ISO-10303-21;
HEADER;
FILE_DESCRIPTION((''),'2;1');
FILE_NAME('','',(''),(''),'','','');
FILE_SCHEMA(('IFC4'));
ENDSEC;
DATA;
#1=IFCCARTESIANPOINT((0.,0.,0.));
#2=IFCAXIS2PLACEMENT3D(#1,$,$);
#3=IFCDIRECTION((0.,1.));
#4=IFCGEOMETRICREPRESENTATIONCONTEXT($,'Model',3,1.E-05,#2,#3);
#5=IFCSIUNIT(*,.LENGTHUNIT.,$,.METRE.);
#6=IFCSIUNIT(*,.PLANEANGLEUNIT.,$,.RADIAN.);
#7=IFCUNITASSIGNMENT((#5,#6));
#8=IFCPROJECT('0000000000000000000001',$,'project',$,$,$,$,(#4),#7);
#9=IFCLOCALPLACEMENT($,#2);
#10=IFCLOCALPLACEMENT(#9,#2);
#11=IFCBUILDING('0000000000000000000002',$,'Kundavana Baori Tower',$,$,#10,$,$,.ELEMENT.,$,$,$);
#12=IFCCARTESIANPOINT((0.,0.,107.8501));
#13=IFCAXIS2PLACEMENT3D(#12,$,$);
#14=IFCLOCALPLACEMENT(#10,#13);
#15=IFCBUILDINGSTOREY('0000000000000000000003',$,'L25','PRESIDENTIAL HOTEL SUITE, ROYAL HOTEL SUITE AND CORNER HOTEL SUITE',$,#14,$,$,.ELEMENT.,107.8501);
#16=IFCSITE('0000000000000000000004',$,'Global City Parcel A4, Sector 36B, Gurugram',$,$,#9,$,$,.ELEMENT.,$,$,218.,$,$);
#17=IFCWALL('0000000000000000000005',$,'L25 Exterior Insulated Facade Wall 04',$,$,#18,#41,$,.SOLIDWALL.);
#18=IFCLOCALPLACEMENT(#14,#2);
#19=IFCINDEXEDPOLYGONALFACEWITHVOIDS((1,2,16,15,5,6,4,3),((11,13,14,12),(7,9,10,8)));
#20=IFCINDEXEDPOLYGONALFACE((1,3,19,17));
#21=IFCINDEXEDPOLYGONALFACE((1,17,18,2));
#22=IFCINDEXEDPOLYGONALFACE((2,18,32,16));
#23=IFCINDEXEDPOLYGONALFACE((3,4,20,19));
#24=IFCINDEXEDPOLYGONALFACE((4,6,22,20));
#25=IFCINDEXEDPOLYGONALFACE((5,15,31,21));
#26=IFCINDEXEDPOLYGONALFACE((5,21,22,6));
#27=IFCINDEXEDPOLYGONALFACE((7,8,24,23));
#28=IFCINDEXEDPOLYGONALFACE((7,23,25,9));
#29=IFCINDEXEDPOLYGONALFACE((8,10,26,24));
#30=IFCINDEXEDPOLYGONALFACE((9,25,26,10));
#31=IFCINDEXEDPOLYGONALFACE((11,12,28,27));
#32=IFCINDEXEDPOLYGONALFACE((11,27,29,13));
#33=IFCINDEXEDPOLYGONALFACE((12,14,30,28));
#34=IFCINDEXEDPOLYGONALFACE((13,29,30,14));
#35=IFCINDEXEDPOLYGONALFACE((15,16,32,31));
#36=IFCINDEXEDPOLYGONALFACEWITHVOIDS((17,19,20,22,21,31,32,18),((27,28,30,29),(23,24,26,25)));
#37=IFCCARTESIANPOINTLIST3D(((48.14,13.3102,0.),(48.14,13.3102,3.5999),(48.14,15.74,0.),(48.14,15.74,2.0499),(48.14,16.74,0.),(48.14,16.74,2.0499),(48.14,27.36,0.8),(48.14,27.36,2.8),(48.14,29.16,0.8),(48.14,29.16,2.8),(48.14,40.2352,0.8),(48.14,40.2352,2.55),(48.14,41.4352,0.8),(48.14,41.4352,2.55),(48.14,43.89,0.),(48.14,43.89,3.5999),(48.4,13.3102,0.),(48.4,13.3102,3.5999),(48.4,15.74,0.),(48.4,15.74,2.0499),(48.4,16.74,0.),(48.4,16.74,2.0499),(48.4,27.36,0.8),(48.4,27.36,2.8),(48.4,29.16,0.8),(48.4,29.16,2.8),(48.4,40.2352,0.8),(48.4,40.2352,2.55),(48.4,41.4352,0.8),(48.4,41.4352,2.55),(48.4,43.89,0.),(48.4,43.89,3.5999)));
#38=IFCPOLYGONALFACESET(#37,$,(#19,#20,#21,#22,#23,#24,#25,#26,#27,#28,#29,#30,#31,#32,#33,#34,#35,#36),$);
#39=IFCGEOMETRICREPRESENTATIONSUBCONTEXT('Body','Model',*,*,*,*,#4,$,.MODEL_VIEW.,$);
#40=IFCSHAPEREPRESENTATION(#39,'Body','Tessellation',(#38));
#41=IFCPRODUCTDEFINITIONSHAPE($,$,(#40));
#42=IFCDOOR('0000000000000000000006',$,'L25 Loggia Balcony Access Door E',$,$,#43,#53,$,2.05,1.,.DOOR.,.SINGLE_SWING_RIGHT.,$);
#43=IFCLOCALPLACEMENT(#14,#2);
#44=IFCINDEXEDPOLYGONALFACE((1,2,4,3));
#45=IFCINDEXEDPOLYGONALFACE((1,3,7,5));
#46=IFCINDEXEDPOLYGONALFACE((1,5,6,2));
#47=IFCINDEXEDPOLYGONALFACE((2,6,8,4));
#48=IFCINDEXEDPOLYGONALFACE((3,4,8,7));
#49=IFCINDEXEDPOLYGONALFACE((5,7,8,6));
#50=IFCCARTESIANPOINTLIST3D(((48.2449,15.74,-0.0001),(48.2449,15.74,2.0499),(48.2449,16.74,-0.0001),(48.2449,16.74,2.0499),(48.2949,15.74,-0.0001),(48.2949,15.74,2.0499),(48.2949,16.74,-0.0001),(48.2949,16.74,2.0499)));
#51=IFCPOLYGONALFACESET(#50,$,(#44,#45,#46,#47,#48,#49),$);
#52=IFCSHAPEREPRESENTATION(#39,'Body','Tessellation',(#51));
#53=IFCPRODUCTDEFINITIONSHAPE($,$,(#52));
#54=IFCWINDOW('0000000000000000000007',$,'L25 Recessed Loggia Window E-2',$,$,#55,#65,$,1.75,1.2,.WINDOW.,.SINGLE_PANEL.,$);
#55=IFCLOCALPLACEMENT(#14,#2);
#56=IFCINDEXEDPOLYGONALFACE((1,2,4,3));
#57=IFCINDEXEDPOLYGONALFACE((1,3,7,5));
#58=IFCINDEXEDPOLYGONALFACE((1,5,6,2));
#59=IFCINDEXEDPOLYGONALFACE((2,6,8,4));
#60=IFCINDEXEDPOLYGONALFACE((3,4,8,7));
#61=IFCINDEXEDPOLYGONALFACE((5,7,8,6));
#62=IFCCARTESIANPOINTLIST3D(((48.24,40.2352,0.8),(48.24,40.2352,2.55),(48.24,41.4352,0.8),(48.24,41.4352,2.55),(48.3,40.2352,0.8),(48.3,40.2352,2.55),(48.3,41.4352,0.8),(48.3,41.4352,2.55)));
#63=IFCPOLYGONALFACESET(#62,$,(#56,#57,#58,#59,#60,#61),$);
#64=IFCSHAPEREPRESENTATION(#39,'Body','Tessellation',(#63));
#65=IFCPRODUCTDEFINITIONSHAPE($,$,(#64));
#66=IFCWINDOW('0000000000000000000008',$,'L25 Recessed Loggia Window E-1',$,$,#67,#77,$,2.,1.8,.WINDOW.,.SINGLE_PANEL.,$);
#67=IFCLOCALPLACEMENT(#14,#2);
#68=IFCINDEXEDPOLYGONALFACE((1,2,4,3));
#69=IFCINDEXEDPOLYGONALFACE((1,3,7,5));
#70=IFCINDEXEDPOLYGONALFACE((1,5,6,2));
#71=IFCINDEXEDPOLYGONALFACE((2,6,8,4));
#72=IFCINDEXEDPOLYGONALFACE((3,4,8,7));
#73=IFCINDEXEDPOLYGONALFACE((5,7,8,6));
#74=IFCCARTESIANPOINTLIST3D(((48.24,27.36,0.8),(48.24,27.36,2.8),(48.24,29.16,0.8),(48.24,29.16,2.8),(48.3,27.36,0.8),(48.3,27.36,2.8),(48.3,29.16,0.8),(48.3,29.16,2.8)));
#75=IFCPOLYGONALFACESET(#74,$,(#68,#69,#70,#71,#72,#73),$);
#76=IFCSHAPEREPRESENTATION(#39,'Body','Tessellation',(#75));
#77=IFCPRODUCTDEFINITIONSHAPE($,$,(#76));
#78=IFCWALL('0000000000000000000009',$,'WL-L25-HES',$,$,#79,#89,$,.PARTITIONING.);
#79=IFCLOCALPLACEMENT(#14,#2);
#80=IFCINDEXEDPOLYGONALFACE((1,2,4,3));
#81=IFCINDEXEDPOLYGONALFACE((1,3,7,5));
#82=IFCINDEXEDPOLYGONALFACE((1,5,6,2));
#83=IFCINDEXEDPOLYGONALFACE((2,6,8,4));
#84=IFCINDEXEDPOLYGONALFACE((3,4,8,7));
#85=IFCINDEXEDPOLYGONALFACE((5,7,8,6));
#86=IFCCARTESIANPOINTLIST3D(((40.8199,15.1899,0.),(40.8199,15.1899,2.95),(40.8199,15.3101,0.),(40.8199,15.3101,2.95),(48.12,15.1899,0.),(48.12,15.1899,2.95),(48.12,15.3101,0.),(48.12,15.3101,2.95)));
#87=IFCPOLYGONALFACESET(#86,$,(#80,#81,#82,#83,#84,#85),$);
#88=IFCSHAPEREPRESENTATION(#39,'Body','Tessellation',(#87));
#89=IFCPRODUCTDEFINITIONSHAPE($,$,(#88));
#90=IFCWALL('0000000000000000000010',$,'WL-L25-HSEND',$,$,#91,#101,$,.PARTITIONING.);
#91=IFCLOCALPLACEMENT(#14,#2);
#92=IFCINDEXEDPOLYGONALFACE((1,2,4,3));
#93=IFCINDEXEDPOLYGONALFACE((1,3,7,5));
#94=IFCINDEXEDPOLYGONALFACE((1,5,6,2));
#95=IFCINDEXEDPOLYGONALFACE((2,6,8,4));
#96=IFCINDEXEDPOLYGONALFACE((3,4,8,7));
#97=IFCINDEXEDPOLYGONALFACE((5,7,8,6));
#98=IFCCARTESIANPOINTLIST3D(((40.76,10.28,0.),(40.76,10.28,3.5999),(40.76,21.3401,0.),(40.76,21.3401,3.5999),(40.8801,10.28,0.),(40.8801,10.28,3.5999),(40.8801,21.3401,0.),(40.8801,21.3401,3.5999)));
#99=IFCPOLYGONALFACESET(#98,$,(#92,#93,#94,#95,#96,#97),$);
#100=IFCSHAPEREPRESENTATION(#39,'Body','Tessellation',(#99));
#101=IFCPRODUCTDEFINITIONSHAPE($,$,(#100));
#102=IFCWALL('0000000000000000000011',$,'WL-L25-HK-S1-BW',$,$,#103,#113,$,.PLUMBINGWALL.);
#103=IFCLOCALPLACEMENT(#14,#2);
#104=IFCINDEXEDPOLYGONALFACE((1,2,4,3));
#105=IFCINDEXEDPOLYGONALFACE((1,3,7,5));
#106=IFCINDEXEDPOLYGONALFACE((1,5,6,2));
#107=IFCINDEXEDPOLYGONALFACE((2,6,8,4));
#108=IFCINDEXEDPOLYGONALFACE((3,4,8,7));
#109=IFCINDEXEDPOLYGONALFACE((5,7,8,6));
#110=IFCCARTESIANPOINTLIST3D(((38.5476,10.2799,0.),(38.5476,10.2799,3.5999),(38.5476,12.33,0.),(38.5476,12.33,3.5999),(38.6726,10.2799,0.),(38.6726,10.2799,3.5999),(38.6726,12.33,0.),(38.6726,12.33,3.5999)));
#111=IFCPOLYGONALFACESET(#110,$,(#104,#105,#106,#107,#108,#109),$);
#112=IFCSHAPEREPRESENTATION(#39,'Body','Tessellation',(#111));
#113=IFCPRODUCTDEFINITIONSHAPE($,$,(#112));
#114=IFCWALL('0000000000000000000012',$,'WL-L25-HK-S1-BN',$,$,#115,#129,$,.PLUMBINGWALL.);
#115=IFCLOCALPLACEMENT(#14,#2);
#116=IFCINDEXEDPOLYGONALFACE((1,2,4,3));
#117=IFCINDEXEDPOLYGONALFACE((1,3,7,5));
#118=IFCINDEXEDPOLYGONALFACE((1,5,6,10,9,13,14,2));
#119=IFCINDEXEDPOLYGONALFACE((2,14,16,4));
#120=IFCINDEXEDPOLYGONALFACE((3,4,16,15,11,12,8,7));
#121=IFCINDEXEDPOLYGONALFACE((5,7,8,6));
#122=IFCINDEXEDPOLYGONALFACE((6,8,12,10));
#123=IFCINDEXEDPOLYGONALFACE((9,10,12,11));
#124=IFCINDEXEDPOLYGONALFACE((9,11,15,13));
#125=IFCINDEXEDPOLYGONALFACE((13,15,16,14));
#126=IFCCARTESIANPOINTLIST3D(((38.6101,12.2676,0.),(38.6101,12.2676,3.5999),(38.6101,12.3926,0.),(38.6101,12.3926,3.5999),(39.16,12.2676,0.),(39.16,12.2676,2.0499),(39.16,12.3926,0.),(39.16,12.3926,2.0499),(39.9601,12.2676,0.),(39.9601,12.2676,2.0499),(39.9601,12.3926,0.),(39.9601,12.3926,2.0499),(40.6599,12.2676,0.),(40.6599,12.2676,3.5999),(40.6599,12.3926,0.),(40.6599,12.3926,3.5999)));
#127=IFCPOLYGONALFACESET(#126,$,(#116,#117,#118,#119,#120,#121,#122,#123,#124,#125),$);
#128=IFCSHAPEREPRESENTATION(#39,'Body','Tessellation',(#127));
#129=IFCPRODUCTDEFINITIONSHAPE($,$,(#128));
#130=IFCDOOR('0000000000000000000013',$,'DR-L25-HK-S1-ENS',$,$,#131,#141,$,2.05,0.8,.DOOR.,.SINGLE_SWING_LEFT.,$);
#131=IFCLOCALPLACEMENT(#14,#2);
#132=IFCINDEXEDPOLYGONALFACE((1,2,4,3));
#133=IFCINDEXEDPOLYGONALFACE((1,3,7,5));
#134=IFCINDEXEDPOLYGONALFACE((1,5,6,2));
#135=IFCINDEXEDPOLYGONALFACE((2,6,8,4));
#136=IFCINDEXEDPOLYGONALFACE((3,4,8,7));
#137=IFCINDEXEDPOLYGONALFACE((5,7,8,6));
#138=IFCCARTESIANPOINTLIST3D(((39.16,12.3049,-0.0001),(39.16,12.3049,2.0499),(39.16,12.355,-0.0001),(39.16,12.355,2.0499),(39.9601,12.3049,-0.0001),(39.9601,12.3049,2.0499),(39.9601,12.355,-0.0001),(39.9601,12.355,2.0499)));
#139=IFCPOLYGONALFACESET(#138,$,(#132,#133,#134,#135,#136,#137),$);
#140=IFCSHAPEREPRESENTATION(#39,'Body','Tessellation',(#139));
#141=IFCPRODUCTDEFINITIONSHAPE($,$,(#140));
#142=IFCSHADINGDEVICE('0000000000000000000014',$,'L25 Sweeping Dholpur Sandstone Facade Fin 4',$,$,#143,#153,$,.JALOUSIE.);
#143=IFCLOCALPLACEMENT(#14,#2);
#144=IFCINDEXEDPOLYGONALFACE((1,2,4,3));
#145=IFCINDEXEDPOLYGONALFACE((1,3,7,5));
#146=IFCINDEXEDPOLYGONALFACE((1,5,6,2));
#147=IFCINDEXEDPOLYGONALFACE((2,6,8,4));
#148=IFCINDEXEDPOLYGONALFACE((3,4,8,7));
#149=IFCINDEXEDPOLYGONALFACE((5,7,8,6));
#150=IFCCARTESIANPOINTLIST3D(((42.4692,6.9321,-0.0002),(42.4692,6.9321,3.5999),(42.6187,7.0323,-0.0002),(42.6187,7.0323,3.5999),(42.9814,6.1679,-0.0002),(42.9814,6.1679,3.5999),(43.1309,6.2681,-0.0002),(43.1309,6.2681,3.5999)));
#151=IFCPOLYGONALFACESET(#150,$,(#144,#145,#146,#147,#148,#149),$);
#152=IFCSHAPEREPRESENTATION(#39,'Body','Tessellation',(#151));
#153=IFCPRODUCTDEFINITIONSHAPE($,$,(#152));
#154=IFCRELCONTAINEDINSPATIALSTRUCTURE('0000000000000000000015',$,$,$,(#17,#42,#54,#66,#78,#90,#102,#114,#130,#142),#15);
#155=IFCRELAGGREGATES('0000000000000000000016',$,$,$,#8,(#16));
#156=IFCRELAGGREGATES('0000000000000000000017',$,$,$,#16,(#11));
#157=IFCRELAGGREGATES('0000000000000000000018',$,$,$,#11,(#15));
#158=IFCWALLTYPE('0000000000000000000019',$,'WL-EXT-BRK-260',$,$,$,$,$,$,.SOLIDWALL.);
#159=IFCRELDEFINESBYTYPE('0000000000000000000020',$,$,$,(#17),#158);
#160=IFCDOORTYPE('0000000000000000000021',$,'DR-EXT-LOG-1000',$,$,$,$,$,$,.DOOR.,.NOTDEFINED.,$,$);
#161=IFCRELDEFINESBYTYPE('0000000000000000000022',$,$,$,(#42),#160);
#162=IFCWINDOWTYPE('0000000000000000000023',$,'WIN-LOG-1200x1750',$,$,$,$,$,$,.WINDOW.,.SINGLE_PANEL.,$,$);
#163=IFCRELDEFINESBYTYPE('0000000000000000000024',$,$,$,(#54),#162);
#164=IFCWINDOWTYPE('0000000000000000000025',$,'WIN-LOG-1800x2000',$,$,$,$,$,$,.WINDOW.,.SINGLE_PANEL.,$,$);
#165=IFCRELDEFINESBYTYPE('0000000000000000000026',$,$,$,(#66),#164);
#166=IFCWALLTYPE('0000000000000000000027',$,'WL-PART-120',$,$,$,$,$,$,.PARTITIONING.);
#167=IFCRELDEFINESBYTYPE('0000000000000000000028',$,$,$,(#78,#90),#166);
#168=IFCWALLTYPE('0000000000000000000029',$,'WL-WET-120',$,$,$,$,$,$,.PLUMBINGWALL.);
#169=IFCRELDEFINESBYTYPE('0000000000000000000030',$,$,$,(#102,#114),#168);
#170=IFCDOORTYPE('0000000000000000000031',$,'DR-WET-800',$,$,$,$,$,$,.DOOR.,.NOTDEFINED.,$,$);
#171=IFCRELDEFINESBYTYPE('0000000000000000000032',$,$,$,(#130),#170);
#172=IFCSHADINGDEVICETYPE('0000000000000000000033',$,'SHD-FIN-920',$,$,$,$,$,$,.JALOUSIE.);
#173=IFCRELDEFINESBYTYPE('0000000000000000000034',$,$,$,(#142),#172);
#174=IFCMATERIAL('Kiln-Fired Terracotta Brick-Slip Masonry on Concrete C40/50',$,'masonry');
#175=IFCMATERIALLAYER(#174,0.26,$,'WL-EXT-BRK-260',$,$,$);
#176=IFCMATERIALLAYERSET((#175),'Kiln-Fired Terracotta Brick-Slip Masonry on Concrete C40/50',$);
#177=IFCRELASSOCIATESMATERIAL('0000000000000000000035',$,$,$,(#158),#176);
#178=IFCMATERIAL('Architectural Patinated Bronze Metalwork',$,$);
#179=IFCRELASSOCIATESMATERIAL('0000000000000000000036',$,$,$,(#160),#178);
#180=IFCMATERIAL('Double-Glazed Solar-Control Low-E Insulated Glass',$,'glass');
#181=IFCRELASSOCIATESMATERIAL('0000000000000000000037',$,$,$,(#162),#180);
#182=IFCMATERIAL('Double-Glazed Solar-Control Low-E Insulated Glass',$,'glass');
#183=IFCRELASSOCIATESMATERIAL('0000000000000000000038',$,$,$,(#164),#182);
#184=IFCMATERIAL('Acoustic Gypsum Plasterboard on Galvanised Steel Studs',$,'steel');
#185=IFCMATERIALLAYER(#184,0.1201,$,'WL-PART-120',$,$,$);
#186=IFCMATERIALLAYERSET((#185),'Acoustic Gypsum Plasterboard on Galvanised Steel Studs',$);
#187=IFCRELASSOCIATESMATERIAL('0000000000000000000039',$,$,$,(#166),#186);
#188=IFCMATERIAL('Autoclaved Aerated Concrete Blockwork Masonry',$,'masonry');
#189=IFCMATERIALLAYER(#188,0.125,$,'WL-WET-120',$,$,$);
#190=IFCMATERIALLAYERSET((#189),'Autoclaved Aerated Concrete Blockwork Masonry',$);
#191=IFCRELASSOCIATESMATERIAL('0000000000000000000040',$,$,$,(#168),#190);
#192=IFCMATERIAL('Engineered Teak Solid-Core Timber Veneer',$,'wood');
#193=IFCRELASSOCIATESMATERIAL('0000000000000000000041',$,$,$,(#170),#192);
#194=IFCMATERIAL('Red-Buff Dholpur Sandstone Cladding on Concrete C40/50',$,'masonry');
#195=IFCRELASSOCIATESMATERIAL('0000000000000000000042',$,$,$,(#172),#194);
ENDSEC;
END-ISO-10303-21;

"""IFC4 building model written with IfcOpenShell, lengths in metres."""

from ifc_helpers import new_model, si_unit, direction, frame, frame_2d, origin, origin_2d, place, context, subcontext, project, spatial, rectangle, extrude, material, layer, layer_set, type_object, element, fill, save


model = new_model("IFC4")

# Units and contexts
model_context = context("Model", 3, precision=1e-05, world=origin(), true_north=direction((0.0, 1.0)))
body_context = subcontext(model_context, "Body", "Model", "MODEL_VIEW")
ifc_project = project(units=[si_unit("LENGTHUNIT", "METRE"), si_unit("PLANEANGLEUNIT", "RADIAN")], contexts=[model_context])

# Site, building, storey
site_placement = place(None, origin())
site = spatial("IfcSite", under=ifc_project, at=site_placement, Name="Global City Parcel A4, Sector 36B, Gurugram", CompositionType="ELEMENT", RefElevation=218.0)
building_placement = place(site_placement, origin())
building = spatial("IfcBuilding", under=site, at=building_placement, Name="Kundavana Baori Tower", CompositionType="ELEMENT")
storey_placement = place(building_placement, frame((0.0, 0.0, 107.8501)))
storey = spatial("IfcBuildingStorey", under=building, at=storey_placement, Name="L25", Description="PRESIDENTIAL HOTEL SUITE, ROYAL HOTEL SUITE AND CORNER HOTEL SUITE", CompositionType="ELEMENT", Elevation=107.8501)

# Shared definitions
ifc_material_1 = material(Name="Kiln-Fired Terracotta Brick-Slip Masonry on Concrete C40/50", Category="masonry")
ifc_layer_1 = layer(ifc_material_1, 0.26, Name="WL-EXT-BRK-260")
ifc_layer_set_1 = layer_set([ifc_layer_1], Name="Kiln-Fired Terracotta Brick-Slip Masonry on Concrete C40/50")
wall_type_1 = type_object("IfcWallType", Name="WL-EXT-BRK-260", PredefinedType="SOLIDWALL", material=ifc_layer_set_1)

# Wall, openings, door, windows
wall_1_placement = place(storey_placement, frame((48.27, 13.3101, 0.0), z_axis=(0.0, 0.0, 1.0), x_axis=(0.0, 1.0, 0.0)))
wall_1 = element("IfcWall", 1, at=wall_1_placement, inside=storey, type_object=wall_type_1, Name="L25 Exterior Insulated Facade Wall 04", PredefinedType="SOLIDWALL", context=body_context, shape_type="SweptSolid", body=[
    extrude(rectangle(XDim=30.5798, YDim=0.26, at=frame_2d((15.29, 0.0))), origin(), (0.0, 0.0, 1.0), 3.5999),
])
opening_1_placement = place(wall_1_placement, frame((2.4299, 0.0, 0.0)))
opening_1 = element("IfcOpeningElement", 2, at=opening_1_placement, cuts=wall_1, PredefinedType="OPENING", context=body_context, shape_type="SweptSolid", body=[
    extrude(rectangle(XDim=1.0, YDim=2.05, at=frame_2d((0.5, 1.0249))), frame((0.0, 0.1401, 0.0), z_axis=(0.0, -1.0, 0.0), x_axis=(1.0, 0.0, 0.0)), (0.0, 0.0, 1.0), 0.28),
])
opening_2_placement = place(wall_1_placement, frame((14.05, 0.0, 0.8)))
opening_2 = element("IfcOpeningElement", 3, at=opening_2_placement, cuts=wall_1, PredefinedType="OPENING", context=body_context, shape_type="SweptSolid", body=[
    extrude(rectangle(XDim=1.8, YDim=2.0, at=frame_2d((0.8999, 1.0))), frame((0.0, 0.1401, 0.0), z_axis=(0.0, -1.0, 0.0), x_axis=(1.0, 0.0, 0.0)), (0.0, 0.0, 1.0), 0.28),
])
opening_3_placement = place(wall_1_placement, frame((26.925, 0.0, 0.8)))
opening_3 = element("IfcOpeningElement", 4, at=opening_3_placement, cuts=wall_1, PredefinedType="OPENING", context=body_context, shape_type="SweptSolid", body=[
    extrude(rectangle(XDim=1.2, YDim=1.75, at=frame_2d((0.6001, 0.875))), frame((0.0, 0.1401, 0.0), z_axis=(0.0, -1.0, 0.0), x_axis=(1.0, 0.0, 0.0)), (0.0, 0.0, 1.0), 0.28),
])
ifc_material_2 = material(Name="Architectural Patinated Bronze Metalwork")
door_type_1 = type_object("IfcDoorType", Name="DR-EXT-LOG-1000", OperationType="NOTDEFINED", PredefinedType="DOOR", material=ifc_material_2)
door_1_placement = place(opening_1_placement, frame((1.0, 0.0, 0.0), z_axis=(0.0, 0.0, 1.0), x_axis=(-1.0, 0.0, 0.0)))
door_1 = element("IfcDoor", 5, at=door_1_placement, inside=storey, type_object=door_type_1, Name="L25 Loggia Balcony Access Door E", OperationType="SINGLE_SWING_RIGHT", OverallHeight=2.05, OverallWidth=1.0, PredefinedType="DOOR", context=body_context, shape_type="SweptSolid", body=[
    extrude(rectangle(XDim=1.0, YDim=2.05, at=frame_2d((0.5, 1.0249))), frame((0.0, 0.0249, 0.0), z_axis=(0.0, -1.0, 0.0), x_axis=(1.0, 0.0, 0.0)), (0.0, 0.0, 1.0), 0.05),
])
fill(opening_1, door_1)
ifc_material_3 = material(Name="Double-Glazed Solar-Control Low-E Insulated Glass", Category="glass")
window_type_1 = type_object("IfcWindowType", Name="WIN-LOG-1200x1750", PartitioningType="SINGLE_PANEL", PredefinedType="WINDOW", material=ifc_material_3)
window_1_placement = place(opening_3_placement, origin())
window_1 = element("IfcWindow", 6, at=window_1_placement, inside=storey, type_object=window_type_1, Name="L25 Recessed Loggia Window E-2", OverallHeight=1.75, OverallWidth=1.2, PartitioningType="SINGLE_PANEL", PredefinedType="WINDOW", context=body_context, shape_type="SweptSolid", body=[
    extrude(rectangle(XDim=1.2, YDim=1.75, at=frame_2d((0.6001, 0.875))), frame((0.0, 0.03, 0.0), z_axis=(0.0, -1.0, 0.0), x_axis=(1.0, 0.0, 0.0)), (0.0, 0.0, 1.0), 0.0601),
])
fill(opening_3, window_1)
ifc_material_4 = material(Name="Double-Glazed Solar-Control Low-E Insulated Glass", Category="glass")
window_type_2 = type_object("IfcWindowType", Name="WIN-LOG-1800x2000", PartitioningType="SINGLE_PANEL", PredefinedType="WINDOW", material=ifc_material_4)
window_2_placement = place(opening_2_placement, origin())
window_2 = element("IfcWindow", 7, at=window_2_placement, inside=storey, type_object=window_type_2, Name="L25 Recessed Loggia Window E-1", OverallHeight=2.0, OverallWidth=1.8, PartitioningType="SINGLE_PANEL", PredefinedType="WINDOW", context=body_context, shape_type="SweptSolid", body=[
    extrude(rectangle(XDim=1.8, YDim=2.0, at=frame_2d((0.8999, 1.0))), frame((0.0, 0.03, 0.0), z_axis=(0.0, -1.0, 0.0), x_axis=(1.0, 0.0, 0.0)), (0.0, 0.0, 1.0), 0.0601),
])
fill(opening_2, window_2)

# Walls
ifc_material_5 = material(Name="Acoustic Gypsum Plasterboard on Galvanised Steel Studs", Category="steel")
ifc_layer_2 = layer(ifc_material_5, 0.1201, Name="WL-PART-120")
ifc_layer_set_2 = layer_set([ifc_layer_2], Name="Acoustic Gypsum Plasterboard on Galvanised Steel Studs")
wall_type_2 = type_object("IfcWallType", Name="WL-PART-120", PredefinedType="PARTITIONING", material=ifc_layer_set_2)
wall_2_placement = place(storey_placement, frame((40.8201, 15.25, 0.0), z_axis=(0.0, 0.0, 1.0), x_axis=(1.0, 0.0, 0.0)))
element("IfcWall", 8, at=wall_2_placement, inside=storey, type_object=wall_type_2, Name="WL-L25-HES", PredefinedType="PARTITIONING", context=body_context, shape_type="SweptSolid", body=[
    extrude(rectangle(XDim=7.3, YDim=0.1201, at=frame_2d((3.6499, 0.0))), origin(), (0.0, 0.0, 1.0), 2.95),
])
wall_3_placement = place(storey_placement, frame((40.8201, 10.28, 0.0), z_axis=(0.0, 0.0, 1.0), x_axis=(0.0, 1.0, 0.0)))
element("IfcWall", 9, at=wall_3_placement, inside=storey, type_object=wall_type_2, Name="WL-L25-HSEND", PredefinedType="PARTITIONING", context=body_context, shape_type="SweptSolid", body=[
    extrude(rectangle(XDim=11.0601, YDim=0.1201, at=frame_2d((5.53, 0.0))), origin(), (0.0, 0.0, 1.0), 3.5999),
])
ifc_material_6 = material(Name="Autoclaved Aerated Concrete Blockwork Masonry", Category="masonry")
ifc_layer_3 = layer(ifc_material_6, 0.125, Name="WL-WET-120")
ifc_layer_set_3 = layer_set([ifc_layer_3], Name="Autoclaved Aerated Concrete Blockwork Masonry")
wall_type_3 = type_object("IfcWallType", Name="WL-WET-120", PredefinedType="PLUMBINGWALL", material=ifc_layer_set_3)
wall_4_placement = place(storey_placement, frame((38.6101, 10.28, 0.0), z_axis=(0.0, 0.0, 1.0), x_axis=(0.0, 1.0, 0.0)))
element("IfcWall", 10, at=wall_4_placement, inside=storey, type_object=wall_type_3, Name="WL-L25-HK-S1-BW", PredefinedType="PLUMBINGWALL", context=body_context, shape_type="SweptSolid", body=[
    extrude(rectangle(XDim=2.05, YDim=0.125, at=frame_2d((1.0249, 0.0))), origin(), (0.0, 0.0, 1.0), 3.5999),
])

# Wall, opening, door
wall_5_placement = place(storey_placement, frame((38.6101, 12.3301, 0.0), z_axis=(0.0, 0.0, 1.0), x_axis=(1.0, 0.0, 0.0)))
wall_5 = element("IfcWall", 11, at=wall_5_placement, inside=storey, type_object=wall_type_3, Name="WL-L25-HK-S1-BN", PredefinedType="PLUMBINGWALL", context=body_context, shape_type="SweptSolid", body=[
    extrude(rectangle(XDim=2.0498, YDim=0.125, at=frame_2d((1.0249, 0.0))), origin(), (0.0, 0.0, 1.0), 3.5999),
])
opening_4_placement = place(wall_5_placement, frame((0.55, 0.0, 0.0)))
opening_4 = element("IfcOpeningElement", 12, at=opening_4_placement, cuts=wall_5, PredefinedType="OPENING", context=body_context, shape_type="SweptSolid", body=[
    extrude(rectangle(XDim=0.8, YDim=2.05, at=frame_2d((0.3999, 1.0249))), frame((0.0, 0.0725, 0.0), z_axis=(0.0, -1.0, 0.0), x_axis=(1.0, 0.0, 0.0)), (0.0, 0.0, 1.0), 0.145),
])
ifc_material_7 = material(Name="Engineered Teak Solid-Core Timber Veneer", Category="wood")
door_type_2 = type_object("IfcDoorType", Name="DR-WET-800", OperationType="NOTDEFINED", PredefinedType="DOOR", material=ifc_material_7)
door_2_placement = place(opening_4_placement, origin())
door_2 = element("IfcDoor", 13, at=door_2_placement, inside=storey, type_object=door_type_2, Name="DR-L25-HK-S1-ENS", OperationType="SINGLE_SWING_LEFT", OverallHeight=2.05, OverallWidth=0.8, PredefinedType="DOOR", context=body_context, shape_type="SweptSolid", body=[
    extrude(rectangle(XDim=0.8, YDim=2.05, at=frame_2d((0.3999, 1.0249))), frame((0.0, 0.0249, 0.0), z_axis=(0.0, -1.0, 0.0), x_axis=(1.0, 0.0, 0.0)), (0.0, 0.0, 1.0), 0.05),
])
fill(opening_4, door_2)

# Shading device
ifc_material_8 = material(Name="Red-Buff Dholpur Sandstone Cladding on Concrete C40/50", Category="masonry")
shading_device_type = type_object("IfcShadingDeviceType", Name="SHD-FIN-920", PredefinedType="JALOUSIE", material=ifc_material_8)
shading_device_placement = place(storey_placement, frame((42.8, 6.6001, -0.0002), z_axis=(0.0, 0.0, 1.0), x_axis=(0.830693, 0.556731, 0.0)))
element("IfcShadingDevice", 14, at=shading_device_placement, inside=storey, type_object=shading_device_type, Name="L25 Sweeping Dholpur Sandstone Facade Fin 4", PredefinedType="JALOUSIE", context=body_context, shape_type="SweptSolid", body=[
    extrude(rectangle(XDim=0.1799, YDim=0.9199, at=origin_2d()), origin(), (0.0, 0.0, 1.0), 3.6001),
])

save(model, "model.ifc")
